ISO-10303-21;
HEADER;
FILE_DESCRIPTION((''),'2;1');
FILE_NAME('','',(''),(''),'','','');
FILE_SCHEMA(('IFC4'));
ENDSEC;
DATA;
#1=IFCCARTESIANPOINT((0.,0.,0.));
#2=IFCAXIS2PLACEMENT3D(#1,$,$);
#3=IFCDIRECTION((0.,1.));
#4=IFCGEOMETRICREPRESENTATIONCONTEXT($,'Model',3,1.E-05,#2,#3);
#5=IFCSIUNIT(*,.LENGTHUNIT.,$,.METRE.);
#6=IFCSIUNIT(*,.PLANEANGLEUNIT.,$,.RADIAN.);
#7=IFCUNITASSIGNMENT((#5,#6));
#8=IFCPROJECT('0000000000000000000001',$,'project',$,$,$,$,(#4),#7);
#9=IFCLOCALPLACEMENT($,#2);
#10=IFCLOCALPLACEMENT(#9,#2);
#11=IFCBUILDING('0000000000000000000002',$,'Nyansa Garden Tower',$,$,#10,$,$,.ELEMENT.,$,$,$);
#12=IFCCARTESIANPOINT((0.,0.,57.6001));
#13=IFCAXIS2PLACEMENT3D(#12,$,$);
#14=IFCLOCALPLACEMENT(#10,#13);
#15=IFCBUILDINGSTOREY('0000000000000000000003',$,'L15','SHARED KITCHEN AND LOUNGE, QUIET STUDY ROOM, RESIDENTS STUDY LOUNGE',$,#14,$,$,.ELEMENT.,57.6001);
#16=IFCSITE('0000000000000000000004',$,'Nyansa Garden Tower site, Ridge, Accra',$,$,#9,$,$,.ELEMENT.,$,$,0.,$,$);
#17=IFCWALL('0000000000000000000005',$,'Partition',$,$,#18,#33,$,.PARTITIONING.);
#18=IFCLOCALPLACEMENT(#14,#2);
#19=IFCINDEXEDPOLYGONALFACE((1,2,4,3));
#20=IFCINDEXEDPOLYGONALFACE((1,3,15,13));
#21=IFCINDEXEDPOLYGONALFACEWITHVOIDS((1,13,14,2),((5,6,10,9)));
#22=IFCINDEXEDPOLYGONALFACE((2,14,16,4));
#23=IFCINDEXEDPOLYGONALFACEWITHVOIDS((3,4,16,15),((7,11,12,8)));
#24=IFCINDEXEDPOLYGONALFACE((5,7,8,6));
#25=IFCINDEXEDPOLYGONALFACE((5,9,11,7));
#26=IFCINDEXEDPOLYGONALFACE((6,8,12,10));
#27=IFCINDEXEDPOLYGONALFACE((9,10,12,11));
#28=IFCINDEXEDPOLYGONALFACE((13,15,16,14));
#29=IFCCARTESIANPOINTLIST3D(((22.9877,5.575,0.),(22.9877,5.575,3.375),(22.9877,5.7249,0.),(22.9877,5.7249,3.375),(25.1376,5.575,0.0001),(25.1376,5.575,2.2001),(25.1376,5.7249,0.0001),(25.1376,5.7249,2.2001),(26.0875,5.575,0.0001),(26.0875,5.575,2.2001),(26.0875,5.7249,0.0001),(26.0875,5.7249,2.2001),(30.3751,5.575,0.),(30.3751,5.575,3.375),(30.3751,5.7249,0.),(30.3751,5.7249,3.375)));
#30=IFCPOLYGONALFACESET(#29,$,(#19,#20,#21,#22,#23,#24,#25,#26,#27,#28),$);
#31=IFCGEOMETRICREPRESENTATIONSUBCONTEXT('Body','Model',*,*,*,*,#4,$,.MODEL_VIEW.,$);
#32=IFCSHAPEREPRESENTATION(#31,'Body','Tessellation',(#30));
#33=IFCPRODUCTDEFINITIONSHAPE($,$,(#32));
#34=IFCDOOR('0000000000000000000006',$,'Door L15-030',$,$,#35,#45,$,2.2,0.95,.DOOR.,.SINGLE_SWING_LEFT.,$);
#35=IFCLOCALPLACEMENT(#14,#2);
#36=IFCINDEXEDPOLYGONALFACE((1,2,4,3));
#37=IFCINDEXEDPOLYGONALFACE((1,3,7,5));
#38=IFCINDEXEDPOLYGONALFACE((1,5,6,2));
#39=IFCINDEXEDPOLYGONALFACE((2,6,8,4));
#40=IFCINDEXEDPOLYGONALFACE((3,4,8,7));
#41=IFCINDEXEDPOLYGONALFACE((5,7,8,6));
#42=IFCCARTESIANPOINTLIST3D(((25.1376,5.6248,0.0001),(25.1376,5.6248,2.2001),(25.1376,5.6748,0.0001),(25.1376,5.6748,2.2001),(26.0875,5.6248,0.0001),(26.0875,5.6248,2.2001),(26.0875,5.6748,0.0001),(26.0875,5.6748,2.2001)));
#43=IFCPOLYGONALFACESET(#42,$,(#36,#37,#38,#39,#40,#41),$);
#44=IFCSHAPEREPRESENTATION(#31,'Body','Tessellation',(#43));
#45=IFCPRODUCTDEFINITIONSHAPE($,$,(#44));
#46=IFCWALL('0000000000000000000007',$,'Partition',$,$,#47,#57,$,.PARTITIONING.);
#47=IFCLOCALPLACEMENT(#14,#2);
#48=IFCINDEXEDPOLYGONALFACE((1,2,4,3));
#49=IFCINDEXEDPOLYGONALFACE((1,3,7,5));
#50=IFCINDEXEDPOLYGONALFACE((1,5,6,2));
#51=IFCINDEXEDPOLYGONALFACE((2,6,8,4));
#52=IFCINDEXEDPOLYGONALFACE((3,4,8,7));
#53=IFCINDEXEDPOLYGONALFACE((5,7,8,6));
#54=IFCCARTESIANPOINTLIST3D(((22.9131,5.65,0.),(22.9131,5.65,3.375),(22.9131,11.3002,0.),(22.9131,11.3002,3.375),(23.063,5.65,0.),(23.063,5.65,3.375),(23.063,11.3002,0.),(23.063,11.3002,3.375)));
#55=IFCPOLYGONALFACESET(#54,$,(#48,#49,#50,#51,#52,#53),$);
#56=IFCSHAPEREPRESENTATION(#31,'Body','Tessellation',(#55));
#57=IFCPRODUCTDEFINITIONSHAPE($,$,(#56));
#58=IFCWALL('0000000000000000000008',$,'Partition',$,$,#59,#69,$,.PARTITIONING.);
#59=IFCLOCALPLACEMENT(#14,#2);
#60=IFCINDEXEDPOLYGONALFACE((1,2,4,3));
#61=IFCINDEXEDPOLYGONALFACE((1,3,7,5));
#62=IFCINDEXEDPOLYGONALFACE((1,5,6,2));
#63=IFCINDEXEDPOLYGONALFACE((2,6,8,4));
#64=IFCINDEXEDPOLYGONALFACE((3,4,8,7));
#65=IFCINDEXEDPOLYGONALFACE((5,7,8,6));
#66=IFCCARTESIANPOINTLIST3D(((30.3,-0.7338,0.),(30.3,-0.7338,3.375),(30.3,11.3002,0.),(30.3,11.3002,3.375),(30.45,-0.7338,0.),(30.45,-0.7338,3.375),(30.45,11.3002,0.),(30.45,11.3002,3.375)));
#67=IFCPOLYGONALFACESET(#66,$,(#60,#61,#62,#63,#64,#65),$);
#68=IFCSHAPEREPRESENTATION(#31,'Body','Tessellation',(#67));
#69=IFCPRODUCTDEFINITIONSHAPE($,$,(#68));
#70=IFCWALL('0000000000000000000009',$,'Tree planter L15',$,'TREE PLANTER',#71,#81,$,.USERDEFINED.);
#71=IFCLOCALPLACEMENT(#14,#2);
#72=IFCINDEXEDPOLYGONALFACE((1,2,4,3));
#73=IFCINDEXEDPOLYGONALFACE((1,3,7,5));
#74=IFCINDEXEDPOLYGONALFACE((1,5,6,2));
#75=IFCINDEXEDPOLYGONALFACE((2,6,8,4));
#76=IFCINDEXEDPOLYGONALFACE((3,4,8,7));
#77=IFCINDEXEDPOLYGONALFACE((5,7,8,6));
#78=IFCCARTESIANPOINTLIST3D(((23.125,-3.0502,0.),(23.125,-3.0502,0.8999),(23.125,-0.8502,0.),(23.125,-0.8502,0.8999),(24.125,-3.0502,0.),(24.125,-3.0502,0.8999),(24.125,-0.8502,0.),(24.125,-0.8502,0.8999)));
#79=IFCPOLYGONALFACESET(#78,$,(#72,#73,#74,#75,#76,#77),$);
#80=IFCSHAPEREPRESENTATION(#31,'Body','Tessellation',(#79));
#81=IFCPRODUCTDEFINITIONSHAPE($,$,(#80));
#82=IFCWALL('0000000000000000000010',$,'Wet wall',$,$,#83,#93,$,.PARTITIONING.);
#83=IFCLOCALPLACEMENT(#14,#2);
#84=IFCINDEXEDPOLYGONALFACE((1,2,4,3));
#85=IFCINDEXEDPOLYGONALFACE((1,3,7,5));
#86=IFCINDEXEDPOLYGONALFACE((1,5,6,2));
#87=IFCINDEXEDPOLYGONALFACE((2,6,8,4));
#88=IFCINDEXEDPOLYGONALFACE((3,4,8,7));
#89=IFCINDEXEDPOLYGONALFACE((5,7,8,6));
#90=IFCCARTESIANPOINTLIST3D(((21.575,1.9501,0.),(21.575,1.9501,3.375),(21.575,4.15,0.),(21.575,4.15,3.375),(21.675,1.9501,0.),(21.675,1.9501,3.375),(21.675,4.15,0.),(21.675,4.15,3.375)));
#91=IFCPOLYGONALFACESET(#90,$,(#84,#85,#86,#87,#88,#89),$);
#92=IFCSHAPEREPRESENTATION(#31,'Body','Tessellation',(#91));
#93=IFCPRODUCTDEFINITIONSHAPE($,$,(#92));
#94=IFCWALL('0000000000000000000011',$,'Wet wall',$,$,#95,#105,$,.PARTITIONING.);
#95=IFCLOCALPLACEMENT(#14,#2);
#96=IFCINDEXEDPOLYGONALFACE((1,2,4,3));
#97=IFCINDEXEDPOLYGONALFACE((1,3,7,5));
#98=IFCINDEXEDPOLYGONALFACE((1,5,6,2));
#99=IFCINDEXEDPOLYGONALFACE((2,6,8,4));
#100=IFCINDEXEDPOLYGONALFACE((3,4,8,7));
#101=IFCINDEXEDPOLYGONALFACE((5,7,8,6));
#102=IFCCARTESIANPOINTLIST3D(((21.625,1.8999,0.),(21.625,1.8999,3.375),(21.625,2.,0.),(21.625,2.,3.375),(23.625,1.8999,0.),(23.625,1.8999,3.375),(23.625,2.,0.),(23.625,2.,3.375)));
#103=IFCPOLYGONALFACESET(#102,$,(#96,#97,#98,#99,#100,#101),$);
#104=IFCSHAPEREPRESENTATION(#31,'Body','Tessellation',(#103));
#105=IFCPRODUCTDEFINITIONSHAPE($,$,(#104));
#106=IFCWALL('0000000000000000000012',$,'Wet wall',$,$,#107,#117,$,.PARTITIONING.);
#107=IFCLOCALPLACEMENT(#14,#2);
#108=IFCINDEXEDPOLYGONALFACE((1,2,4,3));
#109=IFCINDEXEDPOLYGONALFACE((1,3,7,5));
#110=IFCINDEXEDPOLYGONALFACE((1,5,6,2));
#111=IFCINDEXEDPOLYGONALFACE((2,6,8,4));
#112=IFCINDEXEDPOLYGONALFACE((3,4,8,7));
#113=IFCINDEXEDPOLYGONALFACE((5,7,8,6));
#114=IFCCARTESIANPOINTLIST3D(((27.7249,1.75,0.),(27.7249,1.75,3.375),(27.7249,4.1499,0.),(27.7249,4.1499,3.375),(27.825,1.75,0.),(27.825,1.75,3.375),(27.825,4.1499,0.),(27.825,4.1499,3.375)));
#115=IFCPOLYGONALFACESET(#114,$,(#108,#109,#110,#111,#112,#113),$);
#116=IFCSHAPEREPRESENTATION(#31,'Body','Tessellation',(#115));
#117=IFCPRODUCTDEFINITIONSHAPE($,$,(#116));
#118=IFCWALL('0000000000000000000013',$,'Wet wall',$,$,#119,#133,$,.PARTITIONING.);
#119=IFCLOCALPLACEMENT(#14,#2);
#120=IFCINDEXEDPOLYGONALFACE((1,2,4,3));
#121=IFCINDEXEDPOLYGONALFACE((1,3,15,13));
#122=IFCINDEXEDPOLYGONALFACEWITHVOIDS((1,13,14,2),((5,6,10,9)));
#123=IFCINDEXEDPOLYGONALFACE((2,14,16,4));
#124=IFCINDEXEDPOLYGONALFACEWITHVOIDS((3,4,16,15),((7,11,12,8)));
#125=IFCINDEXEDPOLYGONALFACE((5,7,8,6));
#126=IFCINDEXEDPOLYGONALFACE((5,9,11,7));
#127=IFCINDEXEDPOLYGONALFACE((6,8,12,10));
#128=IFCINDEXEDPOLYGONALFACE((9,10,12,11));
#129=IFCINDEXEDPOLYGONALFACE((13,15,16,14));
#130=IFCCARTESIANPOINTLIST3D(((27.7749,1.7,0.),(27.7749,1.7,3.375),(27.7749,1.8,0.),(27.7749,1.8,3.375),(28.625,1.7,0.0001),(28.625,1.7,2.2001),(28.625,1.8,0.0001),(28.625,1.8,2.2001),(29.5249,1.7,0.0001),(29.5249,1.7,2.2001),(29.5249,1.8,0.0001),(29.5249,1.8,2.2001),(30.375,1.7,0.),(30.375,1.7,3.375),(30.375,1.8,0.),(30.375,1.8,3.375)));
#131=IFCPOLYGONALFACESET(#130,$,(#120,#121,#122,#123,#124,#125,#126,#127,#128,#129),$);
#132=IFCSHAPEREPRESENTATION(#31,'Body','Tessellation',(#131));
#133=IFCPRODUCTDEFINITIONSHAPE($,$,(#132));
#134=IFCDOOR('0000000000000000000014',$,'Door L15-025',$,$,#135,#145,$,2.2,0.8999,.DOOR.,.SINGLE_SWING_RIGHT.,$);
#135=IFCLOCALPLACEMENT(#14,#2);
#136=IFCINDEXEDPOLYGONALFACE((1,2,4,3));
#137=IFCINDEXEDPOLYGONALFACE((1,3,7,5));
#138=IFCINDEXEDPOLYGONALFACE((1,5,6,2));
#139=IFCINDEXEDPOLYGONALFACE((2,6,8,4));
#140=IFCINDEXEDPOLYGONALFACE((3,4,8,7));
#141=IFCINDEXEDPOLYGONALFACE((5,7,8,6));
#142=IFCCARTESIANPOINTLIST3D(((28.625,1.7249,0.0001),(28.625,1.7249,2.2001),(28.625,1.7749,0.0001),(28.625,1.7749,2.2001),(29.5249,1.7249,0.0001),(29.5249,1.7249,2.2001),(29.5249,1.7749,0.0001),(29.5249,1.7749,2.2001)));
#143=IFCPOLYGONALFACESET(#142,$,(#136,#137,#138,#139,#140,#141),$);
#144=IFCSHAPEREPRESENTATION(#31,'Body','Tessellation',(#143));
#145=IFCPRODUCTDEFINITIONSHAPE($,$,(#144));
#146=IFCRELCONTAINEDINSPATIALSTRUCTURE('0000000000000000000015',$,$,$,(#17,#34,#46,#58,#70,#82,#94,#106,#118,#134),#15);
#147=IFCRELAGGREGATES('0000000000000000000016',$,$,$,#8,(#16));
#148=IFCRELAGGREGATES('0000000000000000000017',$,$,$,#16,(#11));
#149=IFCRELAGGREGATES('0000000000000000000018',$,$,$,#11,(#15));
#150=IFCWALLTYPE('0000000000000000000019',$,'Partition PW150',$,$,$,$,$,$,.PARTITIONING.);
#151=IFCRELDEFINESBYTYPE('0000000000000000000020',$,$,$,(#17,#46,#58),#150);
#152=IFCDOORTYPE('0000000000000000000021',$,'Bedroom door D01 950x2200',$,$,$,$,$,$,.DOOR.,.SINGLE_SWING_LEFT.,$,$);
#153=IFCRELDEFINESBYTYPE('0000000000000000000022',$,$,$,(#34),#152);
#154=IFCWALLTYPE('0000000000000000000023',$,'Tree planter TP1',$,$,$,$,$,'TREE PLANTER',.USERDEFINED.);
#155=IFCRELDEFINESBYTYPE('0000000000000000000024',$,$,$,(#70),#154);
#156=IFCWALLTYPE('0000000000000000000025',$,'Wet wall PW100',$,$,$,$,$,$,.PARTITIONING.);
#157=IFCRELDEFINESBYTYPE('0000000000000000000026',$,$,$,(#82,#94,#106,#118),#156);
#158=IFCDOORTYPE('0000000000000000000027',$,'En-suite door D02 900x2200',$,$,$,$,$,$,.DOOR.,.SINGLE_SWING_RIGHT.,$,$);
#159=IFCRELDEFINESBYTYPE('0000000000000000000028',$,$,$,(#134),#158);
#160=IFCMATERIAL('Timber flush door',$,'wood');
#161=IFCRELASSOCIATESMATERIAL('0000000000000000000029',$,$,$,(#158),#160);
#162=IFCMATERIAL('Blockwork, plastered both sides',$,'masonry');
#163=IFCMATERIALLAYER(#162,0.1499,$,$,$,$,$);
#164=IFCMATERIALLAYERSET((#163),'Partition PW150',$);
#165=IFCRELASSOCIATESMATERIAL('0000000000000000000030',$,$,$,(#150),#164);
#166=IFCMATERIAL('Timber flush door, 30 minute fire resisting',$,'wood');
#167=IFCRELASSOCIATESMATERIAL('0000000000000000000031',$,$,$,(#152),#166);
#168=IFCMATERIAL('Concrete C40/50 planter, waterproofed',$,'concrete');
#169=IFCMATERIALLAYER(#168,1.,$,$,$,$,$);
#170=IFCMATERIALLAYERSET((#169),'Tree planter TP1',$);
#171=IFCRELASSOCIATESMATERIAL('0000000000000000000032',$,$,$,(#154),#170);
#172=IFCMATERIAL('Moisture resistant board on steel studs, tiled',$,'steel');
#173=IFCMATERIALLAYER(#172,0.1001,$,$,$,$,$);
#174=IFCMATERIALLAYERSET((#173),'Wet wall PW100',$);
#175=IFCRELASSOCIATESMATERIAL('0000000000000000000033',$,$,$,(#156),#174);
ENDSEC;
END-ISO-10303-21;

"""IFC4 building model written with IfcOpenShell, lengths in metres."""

from ifc_helpers import new_model, si_unit, direction, frame, frame_2d, origin, place, context, subcontext, project, spatial, rectangle, extrude, material, layer, layer_set, type_object, element, fill, save


model = new_model("IFC4")

# Units and contexts
model_context = context("Model", 3, precision=1e-05, world=origin(), true_north=direction((0.0, 1.0)))
body_context = subcontext(model_context, "Body", "Model", "MODEL_VIEW")
ifc_project = project(units=[si_unit("LENGTHUNIT", "METRE"), si_unit("PLANEANGLEUNIT", "RADIAN")], contexts=[model_context])

# Site, building, storey
site_placement = place(None, origin())
site = spatial("IfcSite", under=ifc_project, at=site_placement, Name="Nyansa Garden Tower site, Ridge, Accra", CompositionType="ELEMENT", RefElevation=0.0)
building_placement = place(site_placement, origin())
building = spatial("IfcBuilding", under=site, at=building_placement, Name="Nyansa Garden Tower", CompositionType="ELEMENT")
storey_placement = place(building_placement, frame((0.0, 0.0, 57.6001)))
storey = spatial("IfcBuildingStorey", under=building, at=storey_placement, Name="L15", Description="SHARED KITCHEN AND LOUNGE, QUIET STUDY ROOM, RESIDENTS STUDY LOUNGE", CompositionType="ELEMENT", Elevation=57.6001)

# Shared definitions
ifc_material_1 = material(Name="Timber flush door", Category="wood")
door_type_1 = type_object("IfcDoorType", Name="En-suite door D02 900x2200", OperationType="SINGLE_SWING_RIGHT", PredefinedType="DOOR", material=ifc_material_1)

# Shared definitions
ifc_material_2 = material(Name="Blockwork, plastered both sides", Category="masonry")
ifc_layer_1 = layer(ifc_material_2, 0.1499)
ifc_layer_set_1 = layer_set([ifc_layer_1], Name="Partition PW150")
wall_type_1 = type_object("IfcWallType", Name="Partition PW150", PredefinedType="PARTITIONING", material=ifc_layer_set_1)

# Wall, opening, door
wall_1_placement = place(storey_placement, frame((22.9875, 5.6499, 0.0), z_axis=(0.0, 0.0, 1.0), x_axis=(1.0, 0.0, 0.0)))
wall_1 = element("IfcWall", 1, at=wall_1_placement, inside=storey, type_object=wall_type_1, Name="Partition", PredefinedType="PARTITIONING", context=body_context, shape_type="SweptSolid", body=[
    extrude(rectangle(XDim=7.3875, YDim=0.1499, at=frame_2d((3.6938, 0.0))), origin(), (0.0, 0.0, 1.0), 3.375),
])
opening_1_placement = place(wall_1_placement, frame((2.1499, 0.0, 0.0)))
opening_1 = element("IfcOpeningElement", 2, at=opening_1_placement, cuts=wall_1, PredefinedType="OPENING", context=body_context, shape_type="SweptSolid", body=[
    extrude(rectangle(XDim=0.95, YDim=2.2, at=frame_2d((0.4751, 1.1001))), frame((0.0, 0.085, 0.0), z_axis=(0.0, -1.0, 0.0), x_axis=(1.0, 0.0, 0.0)), (0.0, 0.0, 1.0), 0.1699),
])
ifc_material_3 = material(Name="Timber flush door, 30 minute fire resisting", Category="wood")
door_type_2 = type_object("IfcDoorType", Name="Bedroom door D01 950x2200", OperationType="SINGLE_SWING_LEFT", PredefinedType="DOOR", material=ifc_material_3)
door_1_placement = place(opening_1_placement, origin())
door_1 = element("IfcDoor", 3, at=door_1_placement, inside=storey, type_object=door_type_2, Name="Door L15-030", OperationType="SINGLE_SWING_LEFT", OverallHeight=2.2, OverallWidth=0.95, PredefinedType="DOOR", context=body_context, shape_type="SweptSolid", body=[
    extrude(rectangle(XDim=0.95, YDim=2.2, at=frame_2d((0.4751, 1.1001))), frame((0.0, 0.0249, 0.0), z_axis=(0.0, -1.0, 0.0), x_axis=(1.0, 0.0, 0.0)), (0.0, 0.0, 1.0), 0.05),
])
fill(opening_1, door_1)

# Walls
wall_2_placement = place(storey_placement, frame((22.988, 5.6499, 0.0), z_axis=(0.0, 0.0, 1.0), x_axis=(0.0, 1.0, 0.0)))
element("IfcWall", 4, at=wall_2_placement, inside=storey, type_object=wall_type_1, Name="Partition", PredefinedType="PARTITIONING", context=body_context, shape_type="SweptSolid", body=[
    extrude(rectangle(XDim=5.6501, YDim=0.1499, at=frame_2d((2.8252, 0.0))), origin(), (0.0, 0.0, 1.0), 3.375),
])
wall_3_placement = place(storey_placement, frame((30.375, -0.7339, 0.0), z_axis=(0.0, 0.0, 1.0), x_axis=(0.0, 1.0, 0.0)))
element("IfcWall", 5, at=wall_3_placement, inside=storey, type_object=wall_type_1, Name="Partition", PredefinedType="PARTITIONING", context=body_context, shape_type="SweptSolid", body=[
    extrude(rectangle(XDim=12.0339, YDim=0.1499, at=frame_2d((6.0171, 0.0))), origin(), (0.0, 0.0, 1.0), 3.375),
])
ifc_material_4 = material(Name="Concrete C40/50 planter, waterproofed", Category="concrete")
ifc_layer_2 = layer(ifc_material_4, 1.0)
ifc_layer_set_2 = layer_set([ifc_layer_2], Name="Tree planter TP1")
wall_type_2 = type_object("IfcWallType", Name="Tree planter TP1", ElementType="TREE PLANTER", PredefinedType="USERDEFINED", material=ifc_layer_set_2)
wall_4_placement = place(storey_placement, frame((23.625, -0.8501, 0.0), z_axis=(0.0, 0.0, 1.0), x_axis=(0.0, -1.0, 0.0)))
element("IfcWall", 6, at=wall_4_placement, inside=storey, type_object=wall_type_2, Name="Tree planter L15", ObjectType="TREE PLANTER", PredefinedType="USERDEFINED", context=body_context, shape_type="SweptSolid", body=[
    extrude(rectangle(XDim=2.2, YDim=1.0, at=frame_2d((1.1001, 0.0))), origin(), (0.0, 0.0, 1.0), 0.8999),
])
ifc_material_5 = material(Name="Moisture resistant board on steel studs, tiled", Category="steel")
ifc_layer_3 = layer(ifc_material_5, 0.1001)
ifc_layer_set_3 = layer_set([ifc_layer_3], Name="Wet wall PW100")
wall_type_3 = type_object("IfcWallType", Name="Wet wall PW100", PredefinedType="PARTITIONING", material=ifc_layer_set_3)
wall_5_placement = place(storey_placement, frame((21.625, 1.95, 0.0), z_axis=(0.0, 0.0, 1.0), x_axis=(0.0, 1.0, 0.0)))
element("IfcWall", 7, at=wall_5_placement, inside=storey, type_object=wall_type_3, Name="Wet wall", PredefinedType="PARTITIONING", context=body_context, shape_type="SweptSolid", body=[
    extrude(rectangle(XDim=2.2, YDim=0.1001, at=frame_2d((1.1001, 0.0))), origin(), (0.0, 0.0, 1.0), 3.375),
])
wall_6_placement = place(storey_placement, frame((21.625, 1.95, 0.0), z_axis=(0.0, 0.0, 1.0), x_axis=(1.0, 0.0, 0.0)))
element("IfcWall", 8, at=wall_6_placement, inside=storey, type_object=wall_type_3, Name="Wet wall", PredefinedType="PARTITIONING", context=body_context, shape_type="SweptSolid", body=[
    extrude(rectangle(XDim=2.0, YDim=0.1001, at=frame_2d((1.0, 0.0))), origin(), (0.0, 0.0, 1.0), 3.375),
])
wall_7_placement = place(storey_placement, frame((27.7749, 1.75, 0.0), z_axis=(0.0, 0.0, 1.0), x_axis=(0.0, 1.0, 0.0)))
element("IfcWall", 9, at=wall_7_placement, inside=storey, type_object=wall_type_3, Name="Wet wall", PredefinedType="PARTITIONING", context=body_context, shape_type="SweptSolid", body=[
    extrude(rectangle(XDim=2.3999, YDim=0.1001, at=frame_2d((1.2, 0.0))), origin(), (0.0, 0.0, 1.0), 3.375),
])

# Wall, opening, door
wall_8_placement = place(storey_placement, frame((27.7749, 1.75, 0.0), z_axis=(0.0, 0.0, 1.0), x_axis=(1.0, 0.0, 0.0)))
wall_8 = element("IfcWall", 10, at=wall_8_placement, inside=storey, type_object=wall_type_3, Name="Wet wall", PredefinedType="PARTITIONING", context=body_context, shape_type="SweptSolid", body=[
    extrude(rectangle(XDim=2.6001, YDim=0.1001, at=frame_2d((1.3, 0.0))), origin(), (0.0, 0.0, 1.0), 3.375),
])
opening_2_placement = place(wall_8_placement, frame((0.8501, 0.0, 0.0)))
opening_2 = element("IfcOpeningElement", 11, at=opening_2_placement, cuts=wall_8, PredefinedType="OPENING", context=body_context, shape_type="SweptSolid", body=[
    extrude(rectangle(XDim=0.8999, YDim=2.2, at=frame_2d((0.45, 1.1001))), frame((0.0, 0.0601, 0.0), z_axis=(0.0, -1.0, 0.0), x_axis=(1.0, 0.0, 0.0)), (0.0, 0.0, 1.0), 0.1201),
])
door_2_placement = place(opening_2_placement, origin())
door_2 = element("IfcDoor", 12, at=door_2_placement, inside=storey, type_object=door_type_1, Name="Door L15-025", OperationType="SINGLE_SWING_RIGHT", OverallHeight=2.2, OverallWidth=0.8999, PredefinedType="DOOR", context=body_context, shape_type="SweptSolid", body=[
    extrude(rectangle(XDim=0.8999, YDim=2.2, at=frame_2d((0.45, 1.1001))), frame((0.0, 0.0249, 0.0), z_axis=(0.0, -1.0, 0.0), x_axis=(1.0, 0.0, 0.0)), (0.0, 0.0, 1.0), 0.05),
])
fill(opening_2, door_2)

save(model, "model.ifc")
